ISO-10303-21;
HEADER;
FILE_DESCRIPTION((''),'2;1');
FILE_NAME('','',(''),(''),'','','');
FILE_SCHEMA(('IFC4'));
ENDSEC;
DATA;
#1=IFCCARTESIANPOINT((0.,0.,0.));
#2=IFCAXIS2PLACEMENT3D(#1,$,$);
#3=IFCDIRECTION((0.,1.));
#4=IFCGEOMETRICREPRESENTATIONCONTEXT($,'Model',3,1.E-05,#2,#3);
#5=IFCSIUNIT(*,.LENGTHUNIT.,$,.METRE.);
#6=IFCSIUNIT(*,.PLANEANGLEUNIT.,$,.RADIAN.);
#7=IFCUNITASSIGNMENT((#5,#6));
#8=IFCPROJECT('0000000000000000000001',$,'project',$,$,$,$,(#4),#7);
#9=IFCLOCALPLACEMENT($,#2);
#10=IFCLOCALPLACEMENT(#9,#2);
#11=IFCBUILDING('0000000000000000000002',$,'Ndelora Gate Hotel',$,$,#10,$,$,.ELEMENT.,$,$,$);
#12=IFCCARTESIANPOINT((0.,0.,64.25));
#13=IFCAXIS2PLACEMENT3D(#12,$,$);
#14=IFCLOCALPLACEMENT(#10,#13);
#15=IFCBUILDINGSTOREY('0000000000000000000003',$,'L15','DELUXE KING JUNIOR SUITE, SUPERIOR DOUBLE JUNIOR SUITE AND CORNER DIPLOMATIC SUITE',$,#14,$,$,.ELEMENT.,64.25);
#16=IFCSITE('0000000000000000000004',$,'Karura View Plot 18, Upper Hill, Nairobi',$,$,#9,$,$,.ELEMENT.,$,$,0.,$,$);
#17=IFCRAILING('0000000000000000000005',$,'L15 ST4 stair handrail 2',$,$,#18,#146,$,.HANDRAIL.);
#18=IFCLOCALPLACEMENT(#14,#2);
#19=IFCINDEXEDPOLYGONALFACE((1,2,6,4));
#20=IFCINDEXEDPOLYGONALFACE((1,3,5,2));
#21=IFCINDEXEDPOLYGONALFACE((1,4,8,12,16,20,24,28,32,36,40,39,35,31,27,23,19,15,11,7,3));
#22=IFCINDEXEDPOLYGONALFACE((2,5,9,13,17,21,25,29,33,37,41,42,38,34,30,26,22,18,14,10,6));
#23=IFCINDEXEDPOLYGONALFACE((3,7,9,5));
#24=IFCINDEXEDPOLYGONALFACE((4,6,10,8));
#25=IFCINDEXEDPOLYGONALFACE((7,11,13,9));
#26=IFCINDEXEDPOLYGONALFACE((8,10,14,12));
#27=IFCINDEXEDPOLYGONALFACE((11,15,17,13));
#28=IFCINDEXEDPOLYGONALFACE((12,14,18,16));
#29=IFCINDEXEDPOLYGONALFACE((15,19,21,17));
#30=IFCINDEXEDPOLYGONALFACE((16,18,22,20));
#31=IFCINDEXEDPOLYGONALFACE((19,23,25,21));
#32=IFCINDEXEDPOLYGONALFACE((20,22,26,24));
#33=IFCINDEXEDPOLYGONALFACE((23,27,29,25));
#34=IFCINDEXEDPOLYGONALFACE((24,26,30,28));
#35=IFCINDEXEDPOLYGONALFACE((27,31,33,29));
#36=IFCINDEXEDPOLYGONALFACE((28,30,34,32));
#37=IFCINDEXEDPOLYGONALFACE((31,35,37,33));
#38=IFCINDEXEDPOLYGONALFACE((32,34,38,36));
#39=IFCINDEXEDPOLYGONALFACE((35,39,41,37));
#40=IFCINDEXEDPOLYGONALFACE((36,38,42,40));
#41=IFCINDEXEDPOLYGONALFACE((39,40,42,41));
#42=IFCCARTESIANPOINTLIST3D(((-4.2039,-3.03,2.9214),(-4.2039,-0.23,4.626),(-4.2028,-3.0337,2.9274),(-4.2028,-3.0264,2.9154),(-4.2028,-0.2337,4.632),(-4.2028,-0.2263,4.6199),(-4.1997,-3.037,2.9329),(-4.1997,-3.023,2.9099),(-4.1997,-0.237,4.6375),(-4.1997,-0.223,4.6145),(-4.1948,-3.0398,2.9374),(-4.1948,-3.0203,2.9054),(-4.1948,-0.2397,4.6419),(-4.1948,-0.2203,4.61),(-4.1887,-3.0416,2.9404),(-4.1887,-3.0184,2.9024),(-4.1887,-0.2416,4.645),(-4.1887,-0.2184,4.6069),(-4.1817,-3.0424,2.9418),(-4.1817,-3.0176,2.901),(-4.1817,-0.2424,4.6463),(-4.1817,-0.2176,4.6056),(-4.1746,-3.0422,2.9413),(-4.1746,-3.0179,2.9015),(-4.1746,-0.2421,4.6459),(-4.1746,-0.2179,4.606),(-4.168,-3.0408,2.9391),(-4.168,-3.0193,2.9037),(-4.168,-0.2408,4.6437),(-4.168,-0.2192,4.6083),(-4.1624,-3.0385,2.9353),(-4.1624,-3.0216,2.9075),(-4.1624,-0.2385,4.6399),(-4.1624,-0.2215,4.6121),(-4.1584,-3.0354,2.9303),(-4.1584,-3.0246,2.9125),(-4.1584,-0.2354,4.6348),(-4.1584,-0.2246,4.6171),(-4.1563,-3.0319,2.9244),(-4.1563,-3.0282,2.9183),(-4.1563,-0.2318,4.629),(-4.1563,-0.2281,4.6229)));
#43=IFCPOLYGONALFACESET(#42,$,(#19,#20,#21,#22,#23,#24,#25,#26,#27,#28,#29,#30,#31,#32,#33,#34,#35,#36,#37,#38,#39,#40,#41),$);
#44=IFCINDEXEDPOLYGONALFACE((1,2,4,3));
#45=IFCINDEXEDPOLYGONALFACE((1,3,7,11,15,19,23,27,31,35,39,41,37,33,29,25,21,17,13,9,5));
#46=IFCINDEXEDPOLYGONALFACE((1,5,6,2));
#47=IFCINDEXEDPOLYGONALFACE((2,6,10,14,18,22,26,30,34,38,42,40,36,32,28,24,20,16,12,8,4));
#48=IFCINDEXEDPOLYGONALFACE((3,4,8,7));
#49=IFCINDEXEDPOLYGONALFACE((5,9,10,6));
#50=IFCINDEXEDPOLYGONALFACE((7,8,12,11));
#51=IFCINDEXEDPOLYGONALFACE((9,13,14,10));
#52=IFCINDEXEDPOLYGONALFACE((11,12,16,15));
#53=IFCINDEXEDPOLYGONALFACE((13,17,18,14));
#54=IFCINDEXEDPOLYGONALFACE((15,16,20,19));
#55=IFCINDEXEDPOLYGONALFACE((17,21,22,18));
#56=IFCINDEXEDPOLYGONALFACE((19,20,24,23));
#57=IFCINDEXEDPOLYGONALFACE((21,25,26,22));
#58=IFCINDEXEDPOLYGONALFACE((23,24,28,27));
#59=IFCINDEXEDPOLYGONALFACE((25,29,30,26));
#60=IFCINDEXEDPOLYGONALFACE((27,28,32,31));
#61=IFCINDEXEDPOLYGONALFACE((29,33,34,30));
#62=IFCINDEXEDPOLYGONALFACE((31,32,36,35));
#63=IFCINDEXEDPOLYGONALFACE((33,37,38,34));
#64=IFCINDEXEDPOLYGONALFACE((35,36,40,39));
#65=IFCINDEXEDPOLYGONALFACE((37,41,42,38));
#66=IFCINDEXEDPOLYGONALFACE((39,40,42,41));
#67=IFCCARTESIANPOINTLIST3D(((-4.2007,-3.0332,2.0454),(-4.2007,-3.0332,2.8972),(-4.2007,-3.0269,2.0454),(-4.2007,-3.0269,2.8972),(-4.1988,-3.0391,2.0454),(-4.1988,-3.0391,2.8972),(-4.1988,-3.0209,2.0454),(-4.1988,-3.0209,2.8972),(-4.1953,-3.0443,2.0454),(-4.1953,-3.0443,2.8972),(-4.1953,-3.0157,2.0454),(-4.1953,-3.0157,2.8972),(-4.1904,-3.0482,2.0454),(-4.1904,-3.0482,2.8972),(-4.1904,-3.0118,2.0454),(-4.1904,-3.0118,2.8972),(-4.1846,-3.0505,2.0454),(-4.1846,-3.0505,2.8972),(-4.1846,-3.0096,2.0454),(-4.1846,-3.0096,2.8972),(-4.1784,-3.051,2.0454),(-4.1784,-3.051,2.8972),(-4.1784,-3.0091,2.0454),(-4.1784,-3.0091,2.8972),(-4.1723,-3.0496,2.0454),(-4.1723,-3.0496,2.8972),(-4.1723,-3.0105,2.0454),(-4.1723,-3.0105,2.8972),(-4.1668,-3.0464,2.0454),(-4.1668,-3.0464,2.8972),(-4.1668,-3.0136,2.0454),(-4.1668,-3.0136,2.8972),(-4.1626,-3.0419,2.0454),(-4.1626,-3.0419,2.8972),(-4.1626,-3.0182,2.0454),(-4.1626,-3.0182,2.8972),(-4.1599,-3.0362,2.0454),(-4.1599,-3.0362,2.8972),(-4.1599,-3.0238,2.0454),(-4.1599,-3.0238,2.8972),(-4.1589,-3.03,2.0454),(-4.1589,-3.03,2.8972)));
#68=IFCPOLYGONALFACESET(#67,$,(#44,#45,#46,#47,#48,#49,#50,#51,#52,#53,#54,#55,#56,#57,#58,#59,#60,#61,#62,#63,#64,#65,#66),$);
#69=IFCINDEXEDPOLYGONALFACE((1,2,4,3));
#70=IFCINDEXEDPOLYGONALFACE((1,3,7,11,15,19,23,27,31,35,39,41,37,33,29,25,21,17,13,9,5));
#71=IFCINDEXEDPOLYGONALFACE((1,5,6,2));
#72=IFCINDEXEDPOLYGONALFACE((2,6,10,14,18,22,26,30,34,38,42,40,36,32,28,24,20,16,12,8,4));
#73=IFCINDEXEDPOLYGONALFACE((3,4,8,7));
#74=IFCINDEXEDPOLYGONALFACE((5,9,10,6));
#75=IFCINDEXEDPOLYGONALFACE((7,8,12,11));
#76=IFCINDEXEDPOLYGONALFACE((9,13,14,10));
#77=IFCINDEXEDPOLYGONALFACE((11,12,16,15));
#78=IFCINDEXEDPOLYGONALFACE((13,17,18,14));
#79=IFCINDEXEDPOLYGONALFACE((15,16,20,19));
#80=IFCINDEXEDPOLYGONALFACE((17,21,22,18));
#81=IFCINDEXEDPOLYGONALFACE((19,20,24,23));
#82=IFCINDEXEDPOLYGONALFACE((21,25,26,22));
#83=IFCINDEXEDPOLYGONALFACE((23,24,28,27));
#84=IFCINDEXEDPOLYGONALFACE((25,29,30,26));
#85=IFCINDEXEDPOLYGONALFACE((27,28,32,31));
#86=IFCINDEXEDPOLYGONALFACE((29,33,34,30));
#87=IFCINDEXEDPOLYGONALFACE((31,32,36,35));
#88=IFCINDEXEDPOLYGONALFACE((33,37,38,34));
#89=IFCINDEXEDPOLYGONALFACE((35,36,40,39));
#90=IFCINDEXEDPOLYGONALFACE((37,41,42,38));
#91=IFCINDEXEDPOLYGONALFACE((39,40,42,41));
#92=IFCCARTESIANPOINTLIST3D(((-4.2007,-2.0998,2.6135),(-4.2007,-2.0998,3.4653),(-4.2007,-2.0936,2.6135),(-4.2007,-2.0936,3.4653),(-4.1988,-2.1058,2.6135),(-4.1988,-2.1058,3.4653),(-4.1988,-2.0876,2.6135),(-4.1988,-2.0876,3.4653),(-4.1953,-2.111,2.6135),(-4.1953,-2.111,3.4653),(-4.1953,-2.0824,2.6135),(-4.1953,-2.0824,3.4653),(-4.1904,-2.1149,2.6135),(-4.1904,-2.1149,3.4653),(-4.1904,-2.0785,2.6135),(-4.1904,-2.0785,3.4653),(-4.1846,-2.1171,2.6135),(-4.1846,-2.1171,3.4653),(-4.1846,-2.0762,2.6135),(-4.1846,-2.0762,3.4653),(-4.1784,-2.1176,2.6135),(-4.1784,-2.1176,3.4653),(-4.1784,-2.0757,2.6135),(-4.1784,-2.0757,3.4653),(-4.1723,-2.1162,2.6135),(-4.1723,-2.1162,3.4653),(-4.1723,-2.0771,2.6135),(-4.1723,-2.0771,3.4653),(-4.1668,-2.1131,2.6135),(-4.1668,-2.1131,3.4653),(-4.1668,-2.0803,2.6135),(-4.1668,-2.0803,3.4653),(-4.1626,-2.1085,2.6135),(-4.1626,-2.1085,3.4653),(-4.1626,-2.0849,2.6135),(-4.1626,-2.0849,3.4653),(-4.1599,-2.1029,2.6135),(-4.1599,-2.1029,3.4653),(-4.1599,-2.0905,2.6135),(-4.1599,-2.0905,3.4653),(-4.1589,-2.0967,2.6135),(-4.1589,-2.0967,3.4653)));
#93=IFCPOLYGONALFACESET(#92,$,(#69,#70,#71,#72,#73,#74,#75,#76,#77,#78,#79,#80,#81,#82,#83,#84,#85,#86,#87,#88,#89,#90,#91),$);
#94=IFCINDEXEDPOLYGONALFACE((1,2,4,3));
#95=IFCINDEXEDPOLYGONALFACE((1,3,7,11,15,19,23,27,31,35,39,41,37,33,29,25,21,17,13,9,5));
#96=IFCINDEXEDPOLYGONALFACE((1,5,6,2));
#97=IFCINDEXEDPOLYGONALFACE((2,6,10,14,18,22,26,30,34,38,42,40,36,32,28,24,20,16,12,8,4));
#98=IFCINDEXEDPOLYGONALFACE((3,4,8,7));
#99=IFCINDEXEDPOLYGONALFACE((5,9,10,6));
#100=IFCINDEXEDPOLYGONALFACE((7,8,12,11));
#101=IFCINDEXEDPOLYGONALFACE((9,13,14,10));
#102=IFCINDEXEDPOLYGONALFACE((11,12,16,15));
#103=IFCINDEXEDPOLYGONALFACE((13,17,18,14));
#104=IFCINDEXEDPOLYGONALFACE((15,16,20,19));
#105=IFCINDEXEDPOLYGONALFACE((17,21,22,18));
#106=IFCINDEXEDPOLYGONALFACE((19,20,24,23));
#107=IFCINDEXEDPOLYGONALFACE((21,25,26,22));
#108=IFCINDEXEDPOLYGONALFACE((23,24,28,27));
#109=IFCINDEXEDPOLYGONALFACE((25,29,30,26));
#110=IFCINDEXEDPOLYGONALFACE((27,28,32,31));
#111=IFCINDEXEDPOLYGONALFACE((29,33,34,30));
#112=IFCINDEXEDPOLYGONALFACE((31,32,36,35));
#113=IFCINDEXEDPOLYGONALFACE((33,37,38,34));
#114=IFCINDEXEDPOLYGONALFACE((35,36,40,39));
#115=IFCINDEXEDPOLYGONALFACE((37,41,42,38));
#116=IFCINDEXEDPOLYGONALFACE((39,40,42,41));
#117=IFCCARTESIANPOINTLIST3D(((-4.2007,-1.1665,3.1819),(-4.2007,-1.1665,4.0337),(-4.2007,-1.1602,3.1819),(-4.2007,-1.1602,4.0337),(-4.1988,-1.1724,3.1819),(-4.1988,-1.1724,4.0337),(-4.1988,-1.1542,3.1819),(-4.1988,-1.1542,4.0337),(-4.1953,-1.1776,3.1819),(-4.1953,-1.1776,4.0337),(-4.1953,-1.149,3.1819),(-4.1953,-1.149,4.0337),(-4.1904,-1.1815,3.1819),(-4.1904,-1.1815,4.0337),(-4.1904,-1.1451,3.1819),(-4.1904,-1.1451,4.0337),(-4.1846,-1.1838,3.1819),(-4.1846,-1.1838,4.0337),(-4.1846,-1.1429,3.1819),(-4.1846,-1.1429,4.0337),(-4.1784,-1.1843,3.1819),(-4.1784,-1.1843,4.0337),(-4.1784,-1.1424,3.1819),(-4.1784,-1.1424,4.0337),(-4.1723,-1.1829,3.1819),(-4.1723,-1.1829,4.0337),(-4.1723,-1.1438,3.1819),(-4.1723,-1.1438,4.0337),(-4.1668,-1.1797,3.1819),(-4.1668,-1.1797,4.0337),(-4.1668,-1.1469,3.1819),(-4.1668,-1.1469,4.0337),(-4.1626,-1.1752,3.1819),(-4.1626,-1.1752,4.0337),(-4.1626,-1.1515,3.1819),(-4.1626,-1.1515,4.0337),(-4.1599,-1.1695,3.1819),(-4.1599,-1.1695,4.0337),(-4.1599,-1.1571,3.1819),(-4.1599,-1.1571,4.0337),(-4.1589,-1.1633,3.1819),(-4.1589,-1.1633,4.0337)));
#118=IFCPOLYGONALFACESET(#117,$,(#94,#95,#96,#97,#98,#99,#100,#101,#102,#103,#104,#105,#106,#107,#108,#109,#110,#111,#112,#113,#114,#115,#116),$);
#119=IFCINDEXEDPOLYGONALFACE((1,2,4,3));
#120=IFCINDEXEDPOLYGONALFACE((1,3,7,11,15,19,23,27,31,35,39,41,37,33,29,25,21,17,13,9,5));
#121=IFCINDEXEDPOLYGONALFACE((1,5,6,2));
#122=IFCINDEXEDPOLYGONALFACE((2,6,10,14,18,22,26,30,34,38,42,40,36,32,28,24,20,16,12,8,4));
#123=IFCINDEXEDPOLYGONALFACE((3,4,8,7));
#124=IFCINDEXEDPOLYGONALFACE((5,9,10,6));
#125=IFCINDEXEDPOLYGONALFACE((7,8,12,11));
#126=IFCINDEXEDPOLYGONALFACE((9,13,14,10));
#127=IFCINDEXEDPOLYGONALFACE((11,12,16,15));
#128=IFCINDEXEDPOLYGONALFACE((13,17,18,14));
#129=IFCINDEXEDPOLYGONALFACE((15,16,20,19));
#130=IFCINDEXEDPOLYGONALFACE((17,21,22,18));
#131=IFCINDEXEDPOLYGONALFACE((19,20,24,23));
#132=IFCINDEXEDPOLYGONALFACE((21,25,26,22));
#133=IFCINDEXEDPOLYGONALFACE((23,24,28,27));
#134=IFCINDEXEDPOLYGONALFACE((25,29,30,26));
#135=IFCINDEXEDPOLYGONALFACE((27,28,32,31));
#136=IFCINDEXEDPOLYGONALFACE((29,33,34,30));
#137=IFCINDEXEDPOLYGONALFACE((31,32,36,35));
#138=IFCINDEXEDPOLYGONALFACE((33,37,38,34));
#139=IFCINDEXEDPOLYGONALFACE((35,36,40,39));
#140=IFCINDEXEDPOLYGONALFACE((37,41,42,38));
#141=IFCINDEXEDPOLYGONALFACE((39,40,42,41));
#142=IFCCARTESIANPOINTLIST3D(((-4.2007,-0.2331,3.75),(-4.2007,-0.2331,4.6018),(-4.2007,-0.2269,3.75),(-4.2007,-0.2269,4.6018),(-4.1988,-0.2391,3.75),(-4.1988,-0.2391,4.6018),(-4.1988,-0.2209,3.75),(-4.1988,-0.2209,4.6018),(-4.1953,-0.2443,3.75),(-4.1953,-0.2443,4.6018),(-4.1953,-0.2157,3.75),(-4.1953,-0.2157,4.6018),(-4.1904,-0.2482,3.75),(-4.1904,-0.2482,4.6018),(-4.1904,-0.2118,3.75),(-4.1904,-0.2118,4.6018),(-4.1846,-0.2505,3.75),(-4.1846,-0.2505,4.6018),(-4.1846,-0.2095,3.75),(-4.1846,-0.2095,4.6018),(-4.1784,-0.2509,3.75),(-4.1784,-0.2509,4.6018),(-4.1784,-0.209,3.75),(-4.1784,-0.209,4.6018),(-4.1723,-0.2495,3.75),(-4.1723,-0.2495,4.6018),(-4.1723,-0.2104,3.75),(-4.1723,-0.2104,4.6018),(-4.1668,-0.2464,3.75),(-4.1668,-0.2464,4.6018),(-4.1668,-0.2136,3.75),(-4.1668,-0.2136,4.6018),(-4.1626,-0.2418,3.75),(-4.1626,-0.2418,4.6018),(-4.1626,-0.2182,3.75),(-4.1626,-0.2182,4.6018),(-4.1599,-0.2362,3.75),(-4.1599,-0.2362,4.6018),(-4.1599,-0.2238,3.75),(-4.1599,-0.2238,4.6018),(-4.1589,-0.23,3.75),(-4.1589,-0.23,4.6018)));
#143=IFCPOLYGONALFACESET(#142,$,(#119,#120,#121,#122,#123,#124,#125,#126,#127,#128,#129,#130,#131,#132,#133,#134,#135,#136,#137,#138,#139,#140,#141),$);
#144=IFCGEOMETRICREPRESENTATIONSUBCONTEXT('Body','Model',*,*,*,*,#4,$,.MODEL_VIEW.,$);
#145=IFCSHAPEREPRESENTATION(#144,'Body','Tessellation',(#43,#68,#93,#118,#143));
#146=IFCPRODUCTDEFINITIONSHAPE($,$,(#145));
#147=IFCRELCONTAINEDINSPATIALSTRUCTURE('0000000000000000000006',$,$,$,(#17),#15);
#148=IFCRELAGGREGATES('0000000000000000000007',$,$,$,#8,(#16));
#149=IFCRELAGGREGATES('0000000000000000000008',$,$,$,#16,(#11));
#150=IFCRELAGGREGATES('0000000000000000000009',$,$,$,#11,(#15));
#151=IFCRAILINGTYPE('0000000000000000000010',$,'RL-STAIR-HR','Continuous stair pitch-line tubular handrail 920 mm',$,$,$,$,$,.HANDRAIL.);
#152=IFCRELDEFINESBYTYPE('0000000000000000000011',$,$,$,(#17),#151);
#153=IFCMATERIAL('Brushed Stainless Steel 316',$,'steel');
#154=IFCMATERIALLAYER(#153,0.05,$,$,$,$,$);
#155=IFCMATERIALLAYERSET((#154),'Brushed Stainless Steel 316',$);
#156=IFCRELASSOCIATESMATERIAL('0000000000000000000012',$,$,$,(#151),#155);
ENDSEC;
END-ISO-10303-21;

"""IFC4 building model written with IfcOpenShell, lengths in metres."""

from ifc_helpers import new_model, si_unit, direction, frame, origin, origin_2d, place, context, subcontext, project, spatial, circle, extrude, material, layer, layer_set, type_object, element, save


model = new_model("IFC4")

# Units and contexts
model_context = context("Model", 3, precision=1e-05, world=origin(), true_north=direction((0.0, 1.0)))
body_context = subcontext(model_context, "Body", "Model", "MODEL_VIEW")
ifc_project = project(units=[si_unit("LENGTHUNIT", "METRE"), si_unit("PLANEANGLEUNIT", "RADIAN")], contexts=[model_context])

# Site, building, storey
site_placement = place(None, origin())
site = spatial("IfcSite", under=ifc_project, at=site_placement, Name="Karura View Plot 18, Upper Hill, Nairobi", CompositionType="ELEMENT", RefElevation=0.0)
building_placement = place(site_placement, origin())
building = spatial("IfcBuilding", under=site, at=building_placement, Name="Ndelora Gate Hotel", CompositionType="ELEMENT")
storey_placement = place(building_placement, frame((0.0, 0.0, 64.25)))
storey = spatial("IfcBuildingStorey", under=building, at=storey_placement, Name="L15", Description="DELUXE KING JUNIOR SUITE, SUPERIOR DOUBLE JUNIOR SUITE AND CORNER DIPLOMATIC SUITE", CompositionType="ELEMENT", Elevation=64.25)

# Railing
ifc_material_1 = material(Name="Brushed Stainless Steel 316", Category="steel")
ifc_layer_1 = layer(ifc_material_1, 0.05)
ifc_layer_set_1 = layer_set([ifc_layer_1], Name="Brushed Stainless Steel 316")
railing_type_1 = type_object("IfcRailingType", Name="RL-STAIR-HR", Description="Continuous stair pitch-line tubular handrail 920 mm", PredefinedType="HANDRAIL", material=ifc_layer_set_1)
railing_1_placement = place(storey_placement, frame((-4.1799, -3.03, 2.0454)))
element("IfcRailing", 1, at=railing_1_placement, inside=storey, type_object=railing_type_1, Name="L15 ST4 stair handrail 2", PredefinedType="HANDRAIL", context=body_context, shape_type="SweptSolid", body=[
    extrude(circle(Radius=0.0239, at=origin_2d()), frame((0.0, 0.0, 0.876), z_axis=(0.0, 0.85417, 0.519994), x_axis=(-1.0, 0.0, 0.0)), (0.0, 0.0, 1.0), 3.2781),
    extrude(circle(Radius=0.021, at=origin_2d()), origin(), (0.0, 0.0, 1.0), 0.8518),
    extrude(circle(Radius=0.021, at=origin_2d()), frame((0.0, 0.9333, 0.5681)), (0.0, 0.0, 1.0), 0.8518),
    extrude(circle(Radius=0.021, at=origin_2d()), frame((0.0, 1.8667, 1.1365)), (0.0, 0.0, 1.0), 0.8518),
    extrude(circle(Radius=0.021, at=origin_2d()), frame((0.0, 2.8, 1.7046)), (0.0, 0.0, 1.0), 0.8518),
])

save(model, "model.ifc")
